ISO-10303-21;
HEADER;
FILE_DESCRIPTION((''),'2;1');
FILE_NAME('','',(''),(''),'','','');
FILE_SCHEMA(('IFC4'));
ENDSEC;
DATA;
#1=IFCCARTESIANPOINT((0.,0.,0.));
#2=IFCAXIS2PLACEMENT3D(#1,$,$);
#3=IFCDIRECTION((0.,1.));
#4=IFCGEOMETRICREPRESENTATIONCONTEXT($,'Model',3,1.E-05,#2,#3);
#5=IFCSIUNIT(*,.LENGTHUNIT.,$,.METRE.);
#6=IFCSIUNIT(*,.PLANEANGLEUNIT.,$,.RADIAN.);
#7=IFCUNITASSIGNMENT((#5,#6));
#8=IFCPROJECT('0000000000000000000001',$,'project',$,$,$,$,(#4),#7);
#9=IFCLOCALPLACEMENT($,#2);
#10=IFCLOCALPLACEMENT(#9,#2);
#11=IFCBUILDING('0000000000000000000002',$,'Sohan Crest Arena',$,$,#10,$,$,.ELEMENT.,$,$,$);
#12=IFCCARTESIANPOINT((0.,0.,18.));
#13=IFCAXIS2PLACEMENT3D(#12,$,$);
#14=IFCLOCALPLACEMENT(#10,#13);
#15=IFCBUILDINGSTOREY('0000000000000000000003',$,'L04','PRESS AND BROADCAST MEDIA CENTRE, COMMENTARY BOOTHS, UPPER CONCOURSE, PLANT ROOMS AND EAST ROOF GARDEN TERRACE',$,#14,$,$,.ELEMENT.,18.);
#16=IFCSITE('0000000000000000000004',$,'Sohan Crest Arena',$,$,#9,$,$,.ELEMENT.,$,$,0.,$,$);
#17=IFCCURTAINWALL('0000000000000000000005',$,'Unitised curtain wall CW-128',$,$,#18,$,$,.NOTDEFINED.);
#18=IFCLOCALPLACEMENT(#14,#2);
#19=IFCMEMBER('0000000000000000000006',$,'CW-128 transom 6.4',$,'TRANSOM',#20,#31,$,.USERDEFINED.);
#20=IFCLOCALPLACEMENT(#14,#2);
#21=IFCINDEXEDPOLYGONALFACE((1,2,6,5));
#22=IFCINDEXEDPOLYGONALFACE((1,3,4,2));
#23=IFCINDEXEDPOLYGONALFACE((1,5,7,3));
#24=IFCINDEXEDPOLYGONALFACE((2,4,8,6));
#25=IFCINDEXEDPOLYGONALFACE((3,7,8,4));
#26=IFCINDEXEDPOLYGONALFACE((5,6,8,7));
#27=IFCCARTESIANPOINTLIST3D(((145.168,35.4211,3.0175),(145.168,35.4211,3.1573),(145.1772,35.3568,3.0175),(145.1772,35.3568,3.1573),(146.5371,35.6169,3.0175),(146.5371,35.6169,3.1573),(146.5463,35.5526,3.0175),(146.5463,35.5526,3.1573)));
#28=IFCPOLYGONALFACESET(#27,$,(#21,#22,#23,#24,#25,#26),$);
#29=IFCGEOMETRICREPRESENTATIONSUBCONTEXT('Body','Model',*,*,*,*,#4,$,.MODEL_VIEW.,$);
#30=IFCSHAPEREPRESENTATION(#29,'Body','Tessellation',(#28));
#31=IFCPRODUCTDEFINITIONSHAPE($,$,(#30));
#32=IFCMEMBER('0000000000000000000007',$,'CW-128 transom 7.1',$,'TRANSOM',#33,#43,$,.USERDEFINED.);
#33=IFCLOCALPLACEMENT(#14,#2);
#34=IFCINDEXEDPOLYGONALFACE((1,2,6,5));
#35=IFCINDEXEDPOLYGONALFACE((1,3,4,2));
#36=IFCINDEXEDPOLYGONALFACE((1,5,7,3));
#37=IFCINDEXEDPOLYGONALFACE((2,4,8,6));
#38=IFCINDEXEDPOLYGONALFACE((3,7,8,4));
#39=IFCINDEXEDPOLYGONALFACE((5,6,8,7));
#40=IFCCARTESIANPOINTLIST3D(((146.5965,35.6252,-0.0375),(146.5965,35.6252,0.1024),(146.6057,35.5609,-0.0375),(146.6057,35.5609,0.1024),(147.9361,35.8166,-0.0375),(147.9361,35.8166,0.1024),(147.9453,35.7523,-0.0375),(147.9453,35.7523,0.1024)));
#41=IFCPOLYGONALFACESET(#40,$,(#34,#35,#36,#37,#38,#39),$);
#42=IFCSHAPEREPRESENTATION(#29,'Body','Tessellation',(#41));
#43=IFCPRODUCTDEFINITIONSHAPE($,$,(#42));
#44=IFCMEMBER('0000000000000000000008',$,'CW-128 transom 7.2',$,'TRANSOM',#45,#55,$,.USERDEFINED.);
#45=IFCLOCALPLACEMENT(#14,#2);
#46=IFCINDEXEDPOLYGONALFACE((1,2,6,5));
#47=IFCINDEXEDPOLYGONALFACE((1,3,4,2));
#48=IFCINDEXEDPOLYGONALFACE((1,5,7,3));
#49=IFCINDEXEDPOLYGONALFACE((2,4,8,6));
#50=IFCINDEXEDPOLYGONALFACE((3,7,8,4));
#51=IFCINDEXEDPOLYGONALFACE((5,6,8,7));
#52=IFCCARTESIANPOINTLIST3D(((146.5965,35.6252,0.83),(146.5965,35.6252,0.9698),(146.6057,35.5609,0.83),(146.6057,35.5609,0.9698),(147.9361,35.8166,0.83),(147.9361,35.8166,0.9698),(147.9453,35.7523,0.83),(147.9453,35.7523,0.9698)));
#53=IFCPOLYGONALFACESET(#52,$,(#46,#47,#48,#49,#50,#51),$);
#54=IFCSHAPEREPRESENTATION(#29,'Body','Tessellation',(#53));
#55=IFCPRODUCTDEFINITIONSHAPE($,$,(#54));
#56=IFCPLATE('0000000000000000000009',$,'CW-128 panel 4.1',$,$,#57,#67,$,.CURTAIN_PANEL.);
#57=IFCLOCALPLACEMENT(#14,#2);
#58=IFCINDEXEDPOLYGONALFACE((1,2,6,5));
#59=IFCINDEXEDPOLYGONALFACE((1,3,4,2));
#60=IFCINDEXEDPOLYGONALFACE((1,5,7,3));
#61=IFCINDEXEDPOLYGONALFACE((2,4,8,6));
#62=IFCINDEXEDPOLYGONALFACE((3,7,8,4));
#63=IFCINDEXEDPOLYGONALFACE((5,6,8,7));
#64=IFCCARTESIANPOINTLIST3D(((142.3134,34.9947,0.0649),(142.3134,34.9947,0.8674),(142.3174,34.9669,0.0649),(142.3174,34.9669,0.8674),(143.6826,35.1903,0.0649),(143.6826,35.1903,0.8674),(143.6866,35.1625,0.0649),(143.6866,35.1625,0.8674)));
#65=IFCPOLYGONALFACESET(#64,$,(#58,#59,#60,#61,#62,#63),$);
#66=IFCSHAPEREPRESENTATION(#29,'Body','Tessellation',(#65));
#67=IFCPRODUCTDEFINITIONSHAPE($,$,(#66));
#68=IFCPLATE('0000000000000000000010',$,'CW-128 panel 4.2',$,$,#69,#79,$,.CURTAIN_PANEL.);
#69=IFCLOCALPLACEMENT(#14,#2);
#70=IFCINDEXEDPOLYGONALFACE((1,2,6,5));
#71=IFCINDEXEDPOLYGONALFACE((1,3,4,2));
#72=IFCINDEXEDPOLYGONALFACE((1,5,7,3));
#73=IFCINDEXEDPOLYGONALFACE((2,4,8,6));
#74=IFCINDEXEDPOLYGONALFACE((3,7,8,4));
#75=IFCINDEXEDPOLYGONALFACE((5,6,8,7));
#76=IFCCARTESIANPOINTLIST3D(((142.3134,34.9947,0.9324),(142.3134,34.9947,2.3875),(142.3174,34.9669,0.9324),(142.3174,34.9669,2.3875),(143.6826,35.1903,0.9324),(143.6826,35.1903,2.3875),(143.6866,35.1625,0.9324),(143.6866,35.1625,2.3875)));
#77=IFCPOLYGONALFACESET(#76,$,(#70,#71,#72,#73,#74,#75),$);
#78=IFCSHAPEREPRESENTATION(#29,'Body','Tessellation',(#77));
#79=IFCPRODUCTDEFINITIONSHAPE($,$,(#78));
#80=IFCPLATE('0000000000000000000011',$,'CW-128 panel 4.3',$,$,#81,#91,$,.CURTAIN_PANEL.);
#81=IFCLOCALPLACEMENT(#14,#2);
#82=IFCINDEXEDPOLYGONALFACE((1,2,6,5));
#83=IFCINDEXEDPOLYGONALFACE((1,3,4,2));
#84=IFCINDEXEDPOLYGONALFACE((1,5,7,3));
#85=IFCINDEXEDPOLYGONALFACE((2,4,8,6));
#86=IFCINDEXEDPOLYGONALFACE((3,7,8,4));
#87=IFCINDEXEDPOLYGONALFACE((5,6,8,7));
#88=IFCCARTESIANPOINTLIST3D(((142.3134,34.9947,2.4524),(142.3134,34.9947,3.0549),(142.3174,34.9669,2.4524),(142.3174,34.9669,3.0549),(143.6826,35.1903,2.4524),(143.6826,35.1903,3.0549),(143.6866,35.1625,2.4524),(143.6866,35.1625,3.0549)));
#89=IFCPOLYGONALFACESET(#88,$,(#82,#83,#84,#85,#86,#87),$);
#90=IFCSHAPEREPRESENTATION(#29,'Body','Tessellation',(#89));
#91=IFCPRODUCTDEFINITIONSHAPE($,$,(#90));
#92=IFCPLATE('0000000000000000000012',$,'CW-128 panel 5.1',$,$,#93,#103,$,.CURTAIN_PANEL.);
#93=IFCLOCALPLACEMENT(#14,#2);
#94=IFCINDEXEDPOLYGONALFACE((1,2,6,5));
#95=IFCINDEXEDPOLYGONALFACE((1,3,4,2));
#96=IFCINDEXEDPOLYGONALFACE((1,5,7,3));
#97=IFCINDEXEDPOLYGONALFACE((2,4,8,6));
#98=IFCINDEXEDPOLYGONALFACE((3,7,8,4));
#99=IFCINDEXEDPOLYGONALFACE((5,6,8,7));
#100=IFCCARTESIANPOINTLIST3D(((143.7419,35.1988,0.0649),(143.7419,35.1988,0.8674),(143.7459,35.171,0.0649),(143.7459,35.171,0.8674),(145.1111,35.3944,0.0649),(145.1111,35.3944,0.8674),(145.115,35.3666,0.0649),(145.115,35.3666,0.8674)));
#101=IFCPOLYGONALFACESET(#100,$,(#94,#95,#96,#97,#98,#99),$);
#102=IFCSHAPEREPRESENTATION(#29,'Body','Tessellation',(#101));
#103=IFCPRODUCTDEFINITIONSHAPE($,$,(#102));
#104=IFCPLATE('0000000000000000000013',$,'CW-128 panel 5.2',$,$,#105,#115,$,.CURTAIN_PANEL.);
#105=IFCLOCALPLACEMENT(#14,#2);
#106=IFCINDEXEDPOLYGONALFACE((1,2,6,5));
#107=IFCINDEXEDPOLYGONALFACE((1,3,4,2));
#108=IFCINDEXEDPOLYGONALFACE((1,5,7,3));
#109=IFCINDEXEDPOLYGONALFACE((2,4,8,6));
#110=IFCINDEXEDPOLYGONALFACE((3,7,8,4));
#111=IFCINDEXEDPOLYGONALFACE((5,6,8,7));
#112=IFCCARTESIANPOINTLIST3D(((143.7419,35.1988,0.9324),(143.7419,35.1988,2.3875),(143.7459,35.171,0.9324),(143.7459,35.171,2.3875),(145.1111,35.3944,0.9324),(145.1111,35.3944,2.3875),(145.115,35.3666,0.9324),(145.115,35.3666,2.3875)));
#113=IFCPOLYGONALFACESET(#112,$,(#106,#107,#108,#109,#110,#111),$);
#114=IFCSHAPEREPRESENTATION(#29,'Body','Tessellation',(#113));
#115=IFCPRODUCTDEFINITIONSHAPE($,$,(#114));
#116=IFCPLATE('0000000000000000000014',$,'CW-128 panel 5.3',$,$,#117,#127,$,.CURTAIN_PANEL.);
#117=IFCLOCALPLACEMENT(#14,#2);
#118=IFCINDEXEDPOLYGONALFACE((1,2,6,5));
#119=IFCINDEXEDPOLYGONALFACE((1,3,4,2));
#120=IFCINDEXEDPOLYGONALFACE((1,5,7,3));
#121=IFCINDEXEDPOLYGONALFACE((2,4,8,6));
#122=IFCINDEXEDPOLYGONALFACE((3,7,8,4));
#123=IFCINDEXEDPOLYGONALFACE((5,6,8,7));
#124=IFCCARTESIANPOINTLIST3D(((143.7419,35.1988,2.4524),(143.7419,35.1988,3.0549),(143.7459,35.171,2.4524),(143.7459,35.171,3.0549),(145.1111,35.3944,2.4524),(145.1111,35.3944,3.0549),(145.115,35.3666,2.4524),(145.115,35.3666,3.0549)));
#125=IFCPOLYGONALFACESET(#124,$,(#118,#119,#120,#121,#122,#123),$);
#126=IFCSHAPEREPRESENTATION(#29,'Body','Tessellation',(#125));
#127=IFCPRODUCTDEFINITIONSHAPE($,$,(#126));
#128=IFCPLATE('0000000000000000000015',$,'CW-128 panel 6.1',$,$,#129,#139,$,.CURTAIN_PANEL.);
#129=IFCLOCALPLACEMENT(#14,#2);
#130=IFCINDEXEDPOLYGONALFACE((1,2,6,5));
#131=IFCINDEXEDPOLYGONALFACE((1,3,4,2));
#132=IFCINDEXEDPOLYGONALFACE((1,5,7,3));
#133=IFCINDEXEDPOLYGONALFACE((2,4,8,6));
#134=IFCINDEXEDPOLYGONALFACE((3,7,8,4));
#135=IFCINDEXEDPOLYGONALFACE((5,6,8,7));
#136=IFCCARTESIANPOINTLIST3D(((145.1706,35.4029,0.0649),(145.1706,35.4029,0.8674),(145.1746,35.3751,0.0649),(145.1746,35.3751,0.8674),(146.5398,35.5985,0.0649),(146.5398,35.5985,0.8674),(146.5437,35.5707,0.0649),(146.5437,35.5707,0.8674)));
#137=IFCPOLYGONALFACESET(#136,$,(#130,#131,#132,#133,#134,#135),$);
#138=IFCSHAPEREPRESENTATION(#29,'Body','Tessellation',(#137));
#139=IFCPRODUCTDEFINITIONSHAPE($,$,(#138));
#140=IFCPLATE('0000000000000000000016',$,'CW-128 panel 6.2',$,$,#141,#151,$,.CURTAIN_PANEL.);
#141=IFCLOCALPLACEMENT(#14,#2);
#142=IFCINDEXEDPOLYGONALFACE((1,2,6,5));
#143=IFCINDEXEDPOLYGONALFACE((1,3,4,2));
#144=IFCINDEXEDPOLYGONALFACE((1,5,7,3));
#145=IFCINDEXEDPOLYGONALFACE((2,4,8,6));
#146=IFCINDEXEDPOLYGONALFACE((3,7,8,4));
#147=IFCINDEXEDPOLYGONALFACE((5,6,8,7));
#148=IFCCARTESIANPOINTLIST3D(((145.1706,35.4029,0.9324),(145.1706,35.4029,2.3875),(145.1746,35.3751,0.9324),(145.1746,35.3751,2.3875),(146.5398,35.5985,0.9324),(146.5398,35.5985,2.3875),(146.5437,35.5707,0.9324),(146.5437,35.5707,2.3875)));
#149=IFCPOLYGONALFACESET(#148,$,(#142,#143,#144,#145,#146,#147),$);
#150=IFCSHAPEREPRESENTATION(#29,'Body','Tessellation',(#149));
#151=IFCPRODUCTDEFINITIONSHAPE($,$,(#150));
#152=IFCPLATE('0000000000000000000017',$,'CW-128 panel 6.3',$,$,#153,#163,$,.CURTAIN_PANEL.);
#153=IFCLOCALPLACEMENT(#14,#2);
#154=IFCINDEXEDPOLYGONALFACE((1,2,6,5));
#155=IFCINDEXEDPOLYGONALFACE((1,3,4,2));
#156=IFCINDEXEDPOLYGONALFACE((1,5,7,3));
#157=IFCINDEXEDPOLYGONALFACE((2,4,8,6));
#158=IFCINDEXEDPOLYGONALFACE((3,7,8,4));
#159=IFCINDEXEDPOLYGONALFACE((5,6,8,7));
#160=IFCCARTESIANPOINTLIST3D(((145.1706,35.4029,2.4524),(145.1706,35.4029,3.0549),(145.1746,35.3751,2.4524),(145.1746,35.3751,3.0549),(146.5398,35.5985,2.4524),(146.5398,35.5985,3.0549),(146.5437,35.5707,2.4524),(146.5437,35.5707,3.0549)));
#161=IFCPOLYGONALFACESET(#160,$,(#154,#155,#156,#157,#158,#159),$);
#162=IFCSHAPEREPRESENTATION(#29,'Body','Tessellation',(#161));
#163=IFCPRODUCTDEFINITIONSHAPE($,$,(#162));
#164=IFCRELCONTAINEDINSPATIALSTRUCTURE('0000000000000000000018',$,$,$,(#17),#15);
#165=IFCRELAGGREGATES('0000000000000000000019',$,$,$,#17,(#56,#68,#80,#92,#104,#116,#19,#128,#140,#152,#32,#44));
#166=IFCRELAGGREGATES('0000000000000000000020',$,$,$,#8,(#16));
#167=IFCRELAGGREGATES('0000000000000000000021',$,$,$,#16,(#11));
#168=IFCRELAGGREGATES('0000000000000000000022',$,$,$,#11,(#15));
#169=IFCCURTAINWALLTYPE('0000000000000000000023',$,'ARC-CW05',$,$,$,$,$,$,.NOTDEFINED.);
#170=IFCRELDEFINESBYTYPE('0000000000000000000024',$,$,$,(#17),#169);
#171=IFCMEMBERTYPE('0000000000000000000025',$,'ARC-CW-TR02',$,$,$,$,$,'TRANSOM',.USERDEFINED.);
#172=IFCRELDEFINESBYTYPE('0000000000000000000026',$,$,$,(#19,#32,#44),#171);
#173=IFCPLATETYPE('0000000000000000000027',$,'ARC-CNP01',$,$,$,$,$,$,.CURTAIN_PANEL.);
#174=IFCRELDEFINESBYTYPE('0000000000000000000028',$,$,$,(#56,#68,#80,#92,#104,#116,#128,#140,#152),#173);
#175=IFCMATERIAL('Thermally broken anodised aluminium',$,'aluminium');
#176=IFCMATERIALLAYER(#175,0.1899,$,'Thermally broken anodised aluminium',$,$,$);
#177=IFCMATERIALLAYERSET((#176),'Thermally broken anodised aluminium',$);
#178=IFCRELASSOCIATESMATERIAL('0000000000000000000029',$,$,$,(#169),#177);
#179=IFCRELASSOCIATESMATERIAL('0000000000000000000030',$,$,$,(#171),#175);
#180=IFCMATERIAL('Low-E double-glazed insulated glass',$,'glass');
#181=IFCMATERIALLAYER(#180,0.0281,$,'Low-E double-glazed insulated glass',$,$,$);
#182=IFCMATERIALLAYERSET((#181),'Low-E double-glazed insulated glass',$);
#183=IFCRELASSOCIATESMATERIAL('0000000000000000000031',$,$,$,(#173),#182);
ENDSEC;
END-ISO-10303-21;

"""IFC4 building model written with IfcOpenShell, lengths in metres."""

from ifc_helpers import new_model, si_unit, direction, frame, origin, origin_2d, place, context, subcontext, project, spatial, rectangle, extrude, material, layer, layer_set, material_profile, profile_set, type_object, element, aggregate, save


model = new_model("IFC4")

# Units and contexts
model_context = context("Model", 3, precision=1e-05, world=origin(), true_north=direction((0.0, 1.0)))
body_context = subcontext(model_context, "Body", "Model", "MODEL_VIEW")
ifc_project = project(units=[si_unit("LENGTHUNIT", "METRE"), si_unit("PLANEANGLEUNIT", "RADIAN")], contexts=[model_context])

# Site, building, storey
site_placement = place(None, origin())
site = spatial("IfcSite", under=ifc_project, at=site_placement, Name="Sohan Crest Arena", CompositionType="ELEMENT", RefElevation=0.0)
building_placement = place(site_placement, origin())
building = spatial("IfcBuilding", under=site, at=building_placement, Name="Sohan Crest Arena", CompositionType="ELEMENT")
storey_placement = place(building_placement, frame((0.0, 0.0, 18.0)))
storey = spatial("IfcBuildingStorey", under=building, at=storey_placement, Name="L04", Description="PRESS AND BROADCAST MEDIA CENTRE, COMMENTARY BOOTHS, UPPER CONCOURSE, PLANT ROOMS AND EAST ROOF GARDEN TERRACE", CompositionType="ELEMENT", Elevation=18.0)

# Curtain wall, members, plates
ifc_material_1 = material(Name="Thermally broken anodised aluminium", Category="aluminium")
ifc_layer_1 = layer(ifc_material_1, 0.1899, Name="Thermally broken anodised aluminium")
ifc_layer_set_1 = layer_set([ifc_layer_1], Name="Thermally broken anodised aluminium")
curtain_wall_type = type_object("IfcCurtainWallType", Name="ARC-CW05", PredefinedType="NOTDEFINED", material=ifc_layer_set_1)
curtain_wall_placement = place(storey_placement, origin())
curtain_wall = element("IfcCurtainWall", 1, at=curtain_wall_placement, inside=storey, type_object=curtain_wall_type, Name="Unitised curtain wall CW-128", PredefinedType="NOTDEFINED")
ifc_material_profile_1 = material_profile(ifc_material_1, rectangle(XDim=0.0649, YDim=0.1399, at=origin_2d()), Name="ALU-TRAN 65x140")
ifc_profile_set_1 = profile_set([ifc_material_profile_1], Name="Thermally broken anodised aluminium")
member_type_1 = type_object("IfcMemberType", Name="ARC-CW-TR02", ElementType="TRANSOM", PredefinedType="USERDEFINED", material=ifc_profile_set_1)
member_1_placement = place(storey_placement, frame((145.1726, 35.3889, 3.0874), z_axis=(0.989928, 0.14157, 0.0), x_axis=(-0.14157, 0.989928, 0.0)))
member_1 = element("IfcMember", 2, at=member_1_placement, type_object=member_type_1, Name="CW-128 transom 6.4", ObjectType="TRANSOM", PredefinedType="USERDEFINED", context=body_context, shape_type="SweptSolid", body=[
    extrude(rectangle(XDim=0.0649, YDim=0.1399, at=origin_2d()), origin(), (0.0, 0.0, 1.0), 1.3831),
])
member_2_placement = place(storey_placement, frame((146.6011, 35.593, 0.0325), z_axis=(0.989946, 0.141447, 0.0), x_axis=(-0.141447, 0.989946, 0.0)))
member_2 = element("IfcMember", 3, at=member_2_placement, type_object=member_type_1, Name="CW-128 transom 7.1", ObjectType="TRANSOM", PredefinedType="USERDEFINED", context=body_context, shape_type="SweptSolid", body=[
    extrude(rectangle(XDim=0.0649, YDim=0.1399, at=origin_2d()), origin(), (0.0, 0.0, 1.0), 1.3533),
])
member_3_placement = place(storey_placement, frame((146.6011, 35.593, 0.8999), z_axis=(0.989946, 0.141447, 0.0), x_axis=(-0.141447, 0.989946, 0.0)))
member_3 = element("IfcMember", 4, at=member_3_placement, type_object=member_type_1, Name="CW-128 transom 7.2", ObjectType="TRANSOM", PredefinedType="USERDEFINED", context=body_context, shape_type="SweptSolid", body=[
    extrude(rectangle(XDim=0.0649, YDim=0.1399, at=origin_2d()), origin(), (0.0, 0.0, 1.0), 1.3533),
])
ifc_material_2 = material(Name="Low-E double-glazed insulated glass", Category="glass")
ifc_layer_2 = layer(ifc_material_2, 0.0281, Name="Low-E double-glazed insulated glass")
ifc_layer_set_2 = layer_set([ifc_layer_2], Name="Low-E double-glazed insulated glass")
plate_type = type_object("IfcPlateType", Name="ARC-CNP01", PredefinedType="CURTAIN_PANEL", material=ifc_layer_set_2)
plate_1_placement = place(storey_placement, frame((143.0, 35.0786, 0.0649), z_axis=(0.0, 0.0, 1.0), x_axis=(0.989944, 0.141463, 0.0)))
plate_1 = element("IfcPlate", 5, at=plate_1_placement, type_object=plate_type, Name="CW-128 panel 4.1", PredefinedType="CURTAIN_PANEL", context=body_context, shape_type="SweptSolid", body=[
    extrude(rectangle(XDim=1.3831, YDim=0.0281, at=origin_2d()), origin(), (0.0, 0.0, 1.0), 0.8025),
])
plate_2_placement = place(storey_placement, frame((143.0, 35.0786, 0.9324), z_axis=(0.0, 0.0, 1.0), x_axis=(0.989944, 0.141463, 0.0)))
plate_2 = element("IfcPlate", 6, at=plate_2_placement, type_object=plate_type, Name="CW-128 panel 4.2", PredefinedType="CURTAIN_PANEL", context=body_context, shape_type="SweptSolid", body=[
    extrude(rectangle(XDim=1.3831, YDim=0.0281, at=origin_2d()), origin(), (0.0, 0.0, 1.0), 1.4551),
])
plate_3_placement = place(storey_placement, frame((143.0, 35.0786, 2.4524), z_axis=(0.0, 0.0, 1.0), x_axis=(0.989944, 0.141463, 0.0)))
plate_3 = element("IfcPlate", 7, at=plate_3_placement, type_object=plate_type, Name="CW-128 panel 4.3", PredefinedType="CURTAIN_PANEL", context=body_context, shape_type="SweptSolid", body=[
    extrude(rectangle(XDim=1.3831, YDim=0.0281, at=origin_2d()), origin(), (0.0, 0.0, 1.0), 0.6025),
])
plate_4_placement = place(storey_placement, frame((144.4285, 35.2827, 0.0649), z_axis=(0.0, 0.0, 1.0), x_axis=(0.989944, 0.141463, 0.0)))
plate_4 = element("IfcPlate", 8, at=plate_4_placement, type_object=plate_type, Name="CW-128 panel 5.1", PredefinedType="CURTAIN_PANEL", context=body_context, shape_type="SweptSolid", body=[
    extrude(rectangle(XDim=1.3831, YDim=0.0281, at=origin_2d()), origin(), (0.0, 0.0, 1.0), 0.8025),
])
plate_5_placement = place(storey_placement, frame((144.4285, 35.2827, 0.9324), z_axis=(0.0, 0.0, 1.0), x_axis=(0.989944, 0.141463, 0.0)))
plate_5 = element("IfcPlate", 9, at=plate_5_placement, type_object=plate_type, Name="CW-128 panel 5.2", PredefinedType="CURTAIN_PANEL", context=body_context, shape_type="SweptSolid", body=[
    extrude(rectangle(XDim=1.3831, YDim=0.0281, at=origin_2d()), origin(), (0.0, 0.0, 1.0), 1.4551),
])
plate_6_placement = place(storey_placement, frame((144.4285, 35.2827, 2.4524), z_axis=(0.0, 0.0, 1.0), x_axis=(0.989944, 0.141463, 0.0)))
plate_6 = element("IfcPlate", 10, at=plate_6_placement, type_object=plate_type, Name="CW-128 panel 5.3", PredefinedType="CURTAIN_PANEL", context=body_context, shape_type="SweptSolid", body=[
    extrude(rectangle(XDim=1.3831, YDim=0.0281, at=origin_2d()), origin(), (0.0, 0.0, 1.0), 0.6025),
])
plate_7_placement = place(storey_placement, frame((145.8572, 35.4868, 0.0649), z_axis=(0.0, 0.0, 1.0), x_axis=(0.989944, 0.141463, 0.0)))
plate_7 = element("IfcPlate", 11, at=plate_7_placement, type_object=plate_type, Name="CW-128 panel 6.1", PredefinedType="CURTAIN_PANEL", context=body_context, shape_type="SweptSolid", body=[
    extrude(rectangle(XDim=1.3831, YDim=0.0281, at=origin_2d()), origin(), (0.0, 0.0, 1.0), 0.8025),
])
plate_8_placement = place(storey_placement, frame((145.8572, 35.4868, 0.9324), z_axis=(0.0, 0.0, 1.0), x_axis=(0.989944, 0.141463, 0.0)))
plate_8 = element("IfcPlate", 12, at=plate_8_placement, type_object=plate_type, Name="CW-128 panel 6.2", PredefinedType="CURTAIN_PANEL", context=body_context, shape_type="SweptSolid", body=[
    extrude(rectangle(XDim=1.3831, YDim=0.0281, at=origin_2d()), origin(), (0.0, 0.0, 1.0), 1.4551),
])
plate_9_placement = place(storey_placement, frame((145.8572, 35.4868, 2.4524), z_axis=(0.0, 0.0, 1.0), x_axis=(0.989944, 0.141463, 0.0)))
plate_9 = element("IfcPlate", 13, at=plate_9_placement, type_object=plate_type, Name="CW-128 panel 6.3", PredefinedType="CURTAIN_PANEL", context=body_context, shape_type="SweptSolid", body=[
    extrude(rectangle(XDim=1.3831, YDim=0.0281, at=origin_2d()), origin(), (0.0, 0.0, 1.0), 0.6025),
])
aggregate(curtain_wall, [plate_1, plate_2, plate_3, plate_4, plate_5, plate_6, member_1, plate_7, plate_8, plate_9, member_2, member_3])

save(model, "model.ifc")
